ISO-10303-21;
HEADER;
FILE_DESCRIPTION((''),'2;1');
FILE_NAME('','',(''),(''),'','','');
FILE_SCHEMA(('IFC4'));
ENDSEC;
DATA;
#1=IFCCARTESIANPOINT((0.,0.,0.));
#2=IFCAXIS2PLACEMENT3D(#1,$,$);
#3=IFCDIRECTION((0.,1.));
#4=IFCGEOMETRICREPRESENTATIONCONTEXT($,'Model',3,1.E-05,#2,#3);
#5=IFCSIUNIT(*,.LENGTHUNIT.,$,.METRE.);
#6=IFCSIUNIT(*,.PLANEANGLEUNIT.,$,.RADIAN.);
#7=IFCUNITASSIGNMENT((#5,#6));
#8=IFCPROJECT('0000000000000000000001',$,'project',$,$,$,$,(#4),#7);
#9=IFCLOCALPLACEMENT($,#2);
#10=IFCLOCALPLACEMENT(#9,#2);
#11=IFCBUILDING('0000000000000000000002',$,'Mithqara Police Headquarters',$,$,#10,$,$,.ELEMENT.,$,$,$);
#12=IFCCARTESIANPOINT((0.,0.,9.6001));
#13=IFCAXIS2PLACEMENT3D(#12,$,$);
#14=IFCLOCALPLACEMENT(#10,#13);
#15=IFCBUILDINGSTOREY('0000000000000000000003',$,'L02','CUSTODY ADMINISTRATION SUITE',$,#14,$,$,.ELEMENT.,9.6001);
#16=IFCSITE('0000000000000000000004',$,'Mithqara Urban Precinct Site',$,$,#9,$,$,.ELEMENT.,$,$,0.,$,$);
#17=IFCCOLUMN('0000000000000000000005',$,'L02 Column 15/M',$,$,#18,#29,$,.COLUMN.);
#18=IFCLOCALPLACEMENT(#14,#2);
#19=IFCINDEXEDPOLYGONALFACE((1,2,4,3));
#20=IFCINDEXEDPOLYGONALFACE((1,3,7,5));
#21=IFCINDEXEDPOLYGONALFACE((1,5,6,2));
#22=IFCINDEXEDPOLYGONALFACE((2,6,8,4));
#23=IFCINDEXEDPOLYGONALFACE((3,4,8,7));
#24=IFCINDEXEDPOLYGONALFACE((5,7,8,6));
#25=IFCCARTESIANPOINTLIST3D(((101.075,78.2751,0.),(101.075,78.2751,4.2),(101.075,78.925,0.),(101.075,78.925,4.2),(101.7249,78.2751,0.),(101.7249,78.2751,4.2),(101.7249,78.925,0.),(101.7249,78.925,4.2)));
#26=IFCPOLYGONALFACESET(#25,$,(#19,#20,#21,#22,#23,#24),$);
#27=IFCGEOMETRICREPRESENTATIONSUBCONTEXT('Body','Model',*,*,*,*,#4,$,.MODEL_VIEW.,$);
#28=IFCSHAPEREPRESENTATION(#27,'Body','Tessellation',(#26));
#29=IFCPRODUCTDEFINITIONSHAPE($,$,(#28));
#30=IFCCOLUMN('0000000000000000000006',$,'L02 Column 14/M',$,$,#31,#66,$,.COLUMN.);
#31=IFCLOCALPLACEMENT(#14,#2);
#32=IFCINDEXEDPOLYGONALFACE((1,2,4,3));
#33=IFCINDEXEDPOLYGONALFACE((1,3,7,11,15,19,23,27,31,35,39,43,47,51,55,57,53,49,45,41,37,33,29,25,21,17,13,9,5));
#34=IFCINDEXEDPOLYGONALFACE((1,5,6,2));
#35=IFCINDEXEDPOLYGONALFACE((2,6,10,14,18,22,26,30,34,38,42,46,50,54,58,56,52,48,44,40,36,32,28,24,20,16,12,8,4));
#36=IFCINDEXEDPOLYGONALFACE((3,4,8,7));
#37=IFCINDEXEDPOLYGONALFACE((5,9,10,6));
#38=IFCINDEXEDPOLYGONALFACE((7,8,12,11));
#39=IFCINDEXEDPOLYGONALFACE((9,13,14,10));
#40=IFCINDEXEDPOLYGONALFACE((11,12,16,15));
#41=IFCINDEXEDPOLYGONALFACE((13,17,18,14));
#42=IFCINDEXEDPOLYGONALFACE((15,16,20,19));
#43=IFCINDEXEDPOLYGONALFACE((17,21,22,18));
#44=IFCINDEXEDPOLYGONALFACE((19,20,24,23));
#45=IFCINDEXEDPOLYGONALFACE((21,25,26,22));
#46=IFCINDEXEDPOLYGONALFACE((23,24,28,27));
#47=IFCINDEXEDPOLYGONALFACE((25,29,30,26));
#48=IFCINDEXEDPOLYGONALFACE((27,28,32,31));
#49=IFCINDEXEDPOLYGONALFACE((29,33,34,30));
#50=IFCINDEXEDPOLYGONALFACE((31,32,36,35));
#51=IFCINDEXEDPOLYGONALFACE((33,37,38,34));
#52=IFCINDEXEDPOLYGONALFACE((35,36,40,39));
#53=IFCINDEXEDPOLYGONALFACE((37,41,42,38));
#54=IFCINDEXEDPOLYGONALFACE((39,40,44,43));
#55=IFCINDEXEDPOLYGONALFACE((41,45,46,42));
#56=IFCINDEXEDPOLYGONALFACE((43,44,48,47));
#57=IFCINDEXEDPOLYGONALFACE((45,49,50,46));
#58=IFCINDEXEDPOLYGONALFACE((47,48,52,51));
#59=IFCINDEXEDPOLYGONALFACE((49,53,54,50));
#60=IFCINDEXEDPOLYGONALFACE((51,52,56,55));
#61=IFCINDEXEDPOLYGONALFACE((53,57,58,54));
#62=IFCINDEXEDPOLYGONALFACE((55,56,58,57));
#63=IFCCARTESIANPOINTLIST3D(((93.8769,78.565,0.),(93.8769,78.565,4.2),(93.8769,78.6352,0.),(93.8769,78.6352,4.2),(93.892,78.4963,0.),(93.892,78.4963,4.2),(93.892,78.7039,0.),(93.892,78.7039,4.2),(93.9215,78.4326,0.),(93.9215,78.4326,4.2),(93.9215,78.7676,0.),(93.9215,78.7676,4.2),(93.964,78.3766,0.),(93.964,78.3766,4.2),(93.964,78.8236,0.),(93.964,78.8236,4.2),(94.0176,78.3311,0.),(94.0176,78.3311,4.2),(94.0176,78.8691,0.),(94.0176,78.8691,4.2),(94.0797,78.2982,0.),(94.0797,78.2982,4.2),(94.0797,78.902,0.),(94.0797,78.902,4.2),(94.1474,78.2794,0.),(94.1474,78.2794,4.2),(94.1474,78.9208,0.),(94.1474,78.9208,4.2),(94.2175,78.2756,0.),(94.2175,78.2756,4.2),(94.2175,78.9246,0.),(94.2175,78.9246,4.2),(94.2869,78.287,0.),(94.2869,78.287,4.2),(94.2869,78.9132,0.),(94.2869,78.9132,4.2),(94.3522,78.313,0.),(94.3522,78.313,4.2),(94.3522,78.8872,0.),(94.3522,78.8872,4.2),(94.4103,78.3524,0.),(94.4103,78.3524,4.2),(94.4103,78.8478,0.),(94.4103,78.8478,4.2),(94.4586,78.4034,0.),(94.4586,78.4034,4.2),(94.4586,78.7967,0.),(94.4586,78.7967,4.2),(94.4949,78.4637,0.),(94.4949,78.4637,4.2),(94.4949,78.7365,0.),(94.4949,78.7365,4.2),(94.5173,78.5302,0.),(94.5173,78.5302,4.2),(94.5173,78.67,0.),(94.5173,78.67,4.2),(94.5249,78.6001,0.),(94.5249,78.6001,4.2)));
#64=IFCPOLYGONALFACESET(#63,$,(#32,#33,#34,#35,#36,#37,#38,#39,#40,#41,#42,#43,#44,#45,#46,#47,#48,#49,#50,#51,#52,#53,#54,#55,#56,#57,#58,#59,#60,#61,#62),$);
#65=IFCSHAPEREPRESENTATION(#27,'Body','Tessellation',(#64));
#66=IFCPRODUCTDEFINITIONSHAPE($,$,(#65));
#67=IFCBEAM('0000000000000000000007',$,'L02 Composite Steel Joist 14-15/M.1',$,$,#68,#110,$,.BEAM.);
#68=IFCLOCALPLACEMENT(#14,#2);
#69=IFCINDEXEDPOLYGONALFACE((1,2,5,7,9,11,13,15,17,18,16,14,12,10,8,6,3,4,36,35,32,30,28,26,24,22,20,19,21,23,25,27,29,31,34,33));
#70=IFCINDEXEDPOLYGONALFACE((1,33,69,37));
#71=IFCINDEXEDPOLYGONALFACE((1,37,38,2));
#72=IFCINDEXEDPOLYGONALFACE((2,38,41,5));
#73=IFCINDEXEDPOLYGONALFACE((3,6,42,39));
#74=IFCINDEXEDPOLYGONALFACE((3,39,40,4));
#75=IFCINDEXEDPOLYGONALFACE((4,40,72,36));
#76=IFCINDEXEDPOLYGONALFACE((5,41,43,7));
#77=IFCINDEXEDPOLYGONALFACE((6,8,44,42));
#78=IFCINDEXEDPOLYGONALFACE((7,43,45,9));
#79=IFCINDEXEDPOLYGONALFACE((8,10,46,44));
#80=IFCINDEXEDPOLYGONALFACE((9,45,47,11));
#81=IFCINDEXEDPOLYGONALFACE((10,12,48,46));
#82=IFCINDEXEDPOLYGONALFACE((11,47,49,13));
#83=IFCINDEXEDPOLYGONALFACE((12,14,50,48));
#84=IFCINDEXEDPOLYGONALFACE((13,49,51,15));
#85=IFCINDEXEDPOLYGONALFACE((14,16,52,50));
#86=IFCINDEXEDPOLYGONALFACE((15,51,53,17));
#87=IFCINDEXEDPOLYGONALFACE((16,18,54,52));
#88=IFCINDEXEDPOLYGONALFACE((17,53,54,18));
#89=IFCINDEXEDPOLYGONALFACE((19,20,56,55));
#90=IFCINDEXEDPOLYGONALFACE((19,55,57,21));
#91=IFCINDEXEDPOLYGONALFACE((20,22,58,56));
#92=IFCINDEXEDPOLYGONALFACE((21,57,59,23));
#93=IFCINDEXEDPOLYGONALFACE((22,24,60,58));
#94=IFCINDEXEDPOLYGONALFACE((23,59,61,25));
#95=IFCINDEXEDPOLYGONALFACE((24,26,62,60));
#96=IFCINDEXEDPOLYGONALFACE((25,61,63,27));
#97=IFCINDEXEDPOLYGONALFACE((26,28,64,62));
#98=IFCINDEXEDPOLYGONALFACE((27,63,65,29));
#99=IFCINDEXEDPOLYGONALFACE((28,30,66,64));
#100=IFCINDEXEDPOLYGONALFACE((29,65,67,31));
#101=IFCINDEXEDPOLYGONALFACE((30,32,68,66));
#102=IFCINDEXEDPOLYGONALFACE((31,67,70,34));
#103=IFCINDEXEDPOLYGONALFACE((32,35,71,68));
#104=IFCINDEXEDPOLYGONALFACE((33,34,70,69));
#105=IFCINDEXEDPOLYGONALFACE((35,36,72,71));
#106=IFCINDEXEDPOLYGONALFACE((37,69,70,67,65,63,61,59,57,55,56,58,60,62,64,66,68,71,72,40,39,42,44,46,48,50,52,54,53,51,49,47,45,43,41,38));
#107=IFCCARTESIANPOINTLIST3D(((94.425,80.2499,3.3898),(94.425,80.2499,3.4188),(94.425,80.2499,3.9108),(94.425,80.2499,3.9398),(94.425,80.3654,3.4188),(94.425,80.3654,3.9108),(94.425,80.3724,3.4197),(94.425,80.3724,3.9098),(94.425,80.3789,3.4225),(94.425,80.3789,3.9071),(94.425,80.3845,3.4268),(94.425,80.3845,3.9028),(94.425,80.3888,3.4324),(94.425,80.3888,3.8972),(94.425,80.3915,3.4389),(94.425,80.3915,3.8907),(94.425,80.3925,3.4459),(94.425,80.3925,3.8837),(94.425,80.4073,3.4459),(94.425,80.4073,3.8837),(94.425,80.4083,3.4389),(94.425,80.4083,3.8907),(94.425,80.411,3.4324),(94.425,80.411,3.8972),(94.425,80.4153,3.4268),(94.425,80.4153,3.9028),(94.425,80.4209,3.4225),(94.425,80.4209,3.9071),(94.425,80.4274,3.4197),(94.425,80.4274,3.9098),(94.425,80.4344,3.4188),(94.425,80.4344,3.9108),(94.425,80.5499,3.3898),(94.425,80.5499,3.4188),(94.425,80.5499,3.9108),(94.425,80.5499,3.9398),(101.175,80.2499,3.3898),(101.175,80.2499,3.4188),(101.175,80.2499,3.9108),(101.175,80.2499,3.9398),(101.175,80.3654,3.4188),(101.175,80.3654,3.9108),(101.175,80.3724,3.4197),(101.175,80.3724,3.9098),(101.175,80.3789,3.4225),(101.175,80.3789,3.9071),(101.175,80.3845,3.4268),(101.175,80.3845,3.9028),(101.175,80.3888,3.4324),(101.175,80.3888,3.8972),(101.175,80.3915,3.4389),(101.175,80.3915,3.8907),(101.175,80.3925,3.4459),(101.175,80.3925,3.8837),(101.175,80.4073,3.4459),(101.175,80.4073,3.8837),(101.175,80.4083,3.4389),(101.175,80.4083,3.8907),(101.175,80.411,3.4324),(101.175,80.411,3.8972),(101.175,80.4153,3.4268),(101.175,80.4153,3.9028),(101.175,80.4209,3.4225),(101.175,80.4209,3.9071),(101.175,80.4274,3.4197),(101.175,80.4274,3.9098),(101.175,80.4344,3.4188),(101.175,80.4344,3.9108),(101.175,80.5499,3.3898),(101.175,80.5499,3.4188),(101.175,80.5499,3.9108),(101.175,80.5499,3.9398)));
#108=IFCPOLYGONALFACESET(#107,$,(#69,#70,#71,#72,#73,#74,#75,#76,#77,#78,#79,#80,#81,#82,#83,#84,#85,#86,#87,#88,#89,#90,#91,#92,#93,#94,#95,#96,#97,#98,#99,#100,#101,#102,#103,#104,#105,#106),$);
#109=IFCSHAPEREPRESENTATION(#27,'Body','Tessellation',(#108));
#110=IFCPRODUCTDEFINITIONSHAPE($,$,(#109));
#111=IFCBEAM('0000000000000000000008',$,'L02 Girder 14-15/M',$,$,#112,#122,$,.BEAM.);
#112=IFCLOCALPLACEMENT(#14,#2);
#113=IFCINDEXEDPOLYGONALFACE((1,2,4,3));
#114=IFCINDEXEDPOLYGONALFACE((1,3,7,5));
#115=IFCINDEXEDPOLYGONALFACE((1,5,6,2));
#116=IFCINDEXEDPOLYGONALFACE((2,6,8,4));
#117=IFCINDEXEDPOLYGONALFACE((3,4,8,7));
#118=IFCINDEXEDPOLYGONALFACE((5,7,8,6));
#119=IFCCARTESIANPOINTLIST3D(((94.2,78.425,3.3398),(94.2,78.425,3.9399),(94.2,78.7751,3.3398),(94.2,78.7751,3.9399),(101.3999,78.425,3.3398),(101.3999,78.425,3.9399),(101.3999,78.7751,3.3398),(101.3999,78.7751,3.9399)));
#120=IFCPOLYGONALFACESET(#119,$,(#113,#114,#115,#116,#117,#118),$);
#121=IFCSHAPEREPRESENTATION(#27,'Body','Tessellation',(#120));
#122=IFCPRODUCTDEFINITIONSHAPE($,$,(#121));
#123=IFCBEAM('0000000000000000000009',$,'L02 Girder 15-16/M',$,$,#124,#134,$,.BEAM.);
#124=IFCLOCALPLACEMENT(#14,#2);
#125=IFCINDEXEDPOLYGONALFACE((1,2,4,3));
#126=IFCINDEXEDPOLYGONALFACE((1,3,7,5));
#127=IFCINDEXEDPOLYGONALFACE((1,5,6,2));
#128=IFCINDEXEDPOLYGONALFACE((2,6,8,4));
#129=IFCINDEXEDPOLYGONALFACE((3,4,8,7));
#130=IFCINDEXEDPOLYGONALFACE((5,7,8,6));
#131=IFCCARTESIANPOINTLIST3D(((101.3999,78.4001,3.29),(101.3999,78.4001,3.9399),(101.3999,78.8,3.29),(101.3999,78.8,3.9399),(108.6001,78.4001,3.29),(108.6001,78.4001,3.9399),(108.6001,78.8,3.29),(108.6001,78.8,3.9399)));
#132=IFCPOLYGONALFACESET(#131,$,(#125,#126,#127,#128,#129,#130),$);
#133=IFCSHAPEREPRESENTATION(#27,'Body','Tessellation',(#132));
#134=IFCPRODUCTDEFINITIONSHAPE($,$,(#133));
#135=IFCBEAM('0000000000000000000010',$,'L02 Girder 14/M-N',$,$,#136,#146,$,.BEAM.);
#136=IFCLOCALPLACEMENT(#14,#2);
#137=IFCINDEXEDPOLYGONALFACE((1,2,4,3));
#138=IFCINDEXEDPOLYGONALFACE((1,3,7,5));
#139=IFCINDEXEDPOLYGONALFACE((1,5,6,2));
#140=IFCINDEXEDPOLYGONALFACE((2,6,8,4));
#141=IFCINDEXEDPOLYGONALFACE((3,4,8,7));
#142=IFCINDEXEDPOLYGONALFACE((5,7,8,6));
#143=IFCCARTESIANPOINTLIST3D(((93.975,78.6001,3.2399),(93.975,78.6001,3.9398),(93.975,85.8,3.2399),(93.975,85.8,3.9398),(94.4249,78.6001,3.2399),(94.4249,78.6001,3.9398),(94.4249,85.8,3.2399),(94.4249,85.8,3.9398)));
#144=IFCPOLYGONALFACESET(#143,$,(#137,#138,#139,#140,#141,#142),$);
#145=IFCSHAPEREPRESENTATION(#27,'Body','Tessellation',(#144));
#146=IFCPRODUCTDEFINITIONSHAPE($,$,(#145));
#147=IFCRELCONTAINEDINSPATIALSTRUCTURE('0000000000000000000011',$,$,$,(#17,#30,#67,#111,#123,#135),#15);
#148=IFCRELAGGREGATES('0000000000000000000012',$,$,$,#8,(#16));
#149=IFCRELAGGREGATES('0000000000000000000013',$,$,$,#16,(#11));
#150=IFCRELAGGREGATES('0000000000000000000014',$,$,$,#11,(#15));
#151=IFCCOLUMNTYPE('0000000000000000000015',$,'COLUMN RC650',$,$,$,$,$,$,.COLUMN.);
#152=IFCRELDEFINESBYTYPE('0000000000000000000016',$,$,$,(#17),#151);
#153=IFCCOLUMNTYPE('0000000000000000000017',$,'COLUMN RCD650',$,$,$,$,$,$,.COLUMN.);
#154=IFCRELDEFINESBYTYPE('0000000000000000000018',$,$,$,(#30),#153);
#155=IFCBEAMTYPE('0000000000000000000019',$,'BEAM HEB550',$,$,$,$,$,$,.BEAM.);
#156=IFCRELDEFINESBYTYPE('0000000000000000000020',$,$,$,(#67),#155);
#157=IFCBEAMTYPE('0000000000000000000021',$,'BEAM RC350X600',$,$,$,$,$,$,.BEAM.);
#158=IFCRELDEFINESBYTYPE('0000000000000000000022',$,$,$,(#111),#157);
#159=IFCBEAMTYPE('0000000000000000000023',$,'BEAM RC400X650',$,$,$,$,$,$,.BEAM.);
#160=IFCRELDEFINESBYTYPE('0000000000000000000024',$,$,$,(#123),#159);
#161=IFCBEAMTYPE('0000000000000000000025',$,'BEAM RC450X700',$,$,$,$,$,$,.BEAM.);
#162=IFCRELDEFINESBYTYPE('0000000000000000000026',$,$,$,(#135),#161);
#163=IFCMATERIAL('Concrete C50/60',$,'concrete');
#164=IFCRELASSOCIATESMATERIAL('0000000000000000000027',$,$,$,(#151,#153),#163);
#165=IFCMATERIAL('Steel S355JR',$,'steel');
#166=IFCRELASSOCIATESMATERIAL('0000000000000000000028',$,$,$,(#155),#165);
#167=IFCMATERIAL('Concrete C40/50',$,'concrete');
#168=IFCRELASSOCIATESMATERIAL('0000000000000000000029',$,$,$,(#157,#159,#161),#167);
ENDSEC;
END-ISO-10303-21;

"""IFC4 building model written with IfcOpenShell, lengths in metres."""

from ifc_helpers import new_model, si_unit, direction, frame, origin, origin_2d, place, context, subcontext, project, spatial, rectangle, circle, i_section, extrude, material, material_profile, profile_set, type_object, element, save


model = new_model("IFC4")

# Units and contexts
model_context = context("Model", 3, precision=1e-05, world=origin(), true_north=direction((0.0, 1.0)))
body_context = subcontext(model_context, "Body", "Model", "MODEL_VIEW")
ifc_project = project(units=[si_unit("LENGTHUNIT", "METRE"), si_unit("PLANEANGLEUNIT", "RADIAN")], contexts=[model_context])

# Site, building, storey
site_placement = place(None, origin())
site = spatial("IfcSite", under=ifc_project, at=site_placement, Name="Mithqara Urban Precinct Site", CompositionType="ELEMENT", RefElevation=0.0)
building_placement = place(site_placement, origin())
building = spatial("IfcBuilding", under=site, at=building_placement, Name="Mithqara Police Headquarters", CompositionType="ELEMENT")
storey_placement = place(building_placement, frame((0.0, 0.0, 9.6001)))
storey = spatial("IfcBuildingStorey", under=building, at=storey_placement, Name="L02", Description="CUSTODY ADMINISTRATION SUITE", CompositionType="ELEMENT", Elevation=9.6001)

# Columns
ifc_material_1 = material(Name="Concrete C50/60", Category="concrete")
ifc_material_profile_1 = material_profile(ifc_material_1, rectangle(XDim=0.6499, YDim=0.6499, at=origin_2d()), Name="RC 650x650")
ifc_profile_set_1 = profile_set([ifc_material_profile_1], Name="Concrete C50/60")
column_type_1 = type_object("IfcColumnType", Name="COLUMN RC650", PredefinedType="COLUMN", material=ifc_profile_set_1)
column_1_placement = place(storey_placement, frame((101.3999, 78.6001, 0.0), z_axis=(0.0, 0.0, 1.0), x_axis=(1.0, 0.0, 0.0)))
element("IfcColumn", 1, at=column_1_placement, inside=storey, type_object=column_type_1, Name="L02 Column 15/M", PredefinedType="COLUMN", context=body_context, shape_type="SweptSolid", body=[
    extrude(rectangle(XDim=0.6499, YDim=0.6499, at=origin_2d()), origin(), (0.0, 0.0, 1.0), 4.2),
])
ifc_material_profile_2 = material_profile(ifc_material_1, circle(Radius=0.325, at=origin_2d()), Name="RCD 650")
ifc_profile_set_2 = profile_set([ifc_material_profile_2], Name="Concrete C50/60")
column_type_2 = type_object("IfcColumnType", Name="COLUMN RCD650", PredefinedType="COLUMN", material=ifc_profile_set_2)
column_2_placement = place(storey_placement, frame((94.2, 78.6001, 0.0), z_axis=(0.0, 0.0, 1.0), x_axis=(1.0, 0.0, 0.0)))
element("IfcColumn", 2, at=column_2_placement, inside=storey, type_object=column_type_2, Name="L02 Column 14/M", PredefinedType="COLUMN", context=body_context, shape_type="SweptSolid", body=[
    extrude(circle(Radius=0.325, at=origin_2d()), origin(), (0.0, 0.0, 1.0), 4.2),
])

# Beams
ifc_material_2 = material(Name="Steel S355JR", Category="steel")
ifc_material_profile_3 = material_profile(ifc_material_2, i_section(OverallWidth=0.3, OverallDepth=0.55, WebThickness=0.0149, FlangeThickness=0.0291, FilletRadius=0.0271, at=origin_2d()), Name="HEB 550")
ifc_profile_set_3 = profile_set([ifc_material_profile_3], Name="Steel S355JR")
beam_type_1 = type_object("IfcBeamType", Name="BEAM HEB550", PredefinedType="BEAM", material=ifc_profile_set_3)
beam_1_placement = place(storey_placement, frame((94.425, 80.3999, 3.6648), z_axis=(1.0, 0.0, 0.0), x_axis=(0.0, 1.0, 0.0)))
element("IfcBeam", 3, at=beam_1_placement, inside=storey, type_object=beam_type_1, Name="L02 Composite Steel Joist 14-15/M.1", PredefinedType="BEAM", context=body_context, shape_type="SweptSolid", body=[
    extrude(i_section(OverallWidth=0.3, OverallDepth=0.55, WebThickness=0.0149, FlangeThickness=0.0291, FilletRadius=0.0271, at=origin_2d()), origin(), (0.0, 0.0, 1.0), 6.75),
])
ifc_material_3 = material(Name="Concrete C40/50", Category="concrete")
ifc_material_profile_4 = material_profile(ifc_material_3, rectangle(XDim=0.3501, YDim=0.6001, at=origin_2d()), Name="RC 350x600")
ifc_profile_set_4 = profile_set([ifc_material_profile_4], Name="Concrete C40/50")
beam_type_2 = type_object("IfcBeamType", Name="BEAM RC350X600", PredefinedType="BEAM", material=ifc_profile_set_4)
beam_2_placement = place(storey_placement, frame((94.2, 78.6001, 3.6399), z_axis=(1.0, 0.0, 0.0), x_axis=(0.0, 1.0, 0.0)))
element("IfcBeam", 4, at=beam_2_placement, inside=storey, type_object=beam_type_2, Name="L02 Girder 14-15/M", PredefinedType="BEAM", context=body_context, shape_type="SweptSolid", body=[
    extrude(rectangle(XDim=0.3501, YDim=0.6001, at=origin_2d()), origin(), (0.0, 0.0, 1.0), 7.2),
])
ifc_material_profile_5 = material_profile(ifc_material_3, rectangle(XDim=0.3999, YDim=0.6499, at=origin_2d()), Name="RC 400x650")
ifc_profile_set_5 = profile_set([ifc_material_profile_5], Name="Concrete C40/50")
beam_type_3 = type_object("IfcBeamType", Name="BEAM RC400X650", PredefinedType="BEAM", material=ifc_profile_set_5)
beam_3_placement = place(storey_placement, frame((101.3999, 78.6001, 3.615), z_axis=(1.0, 0.0, 0.0), x_axis=(0.0, 1.0, 0.0)))
element("IfcBeam", 5, at=beam_3_placement, inside=storey, type_object=beam_type_3, Name="L02 Girder 15-16/M", PredefinedType="BEAM", context=body_context, shape_type="SweptSolid", body=[
    extrude(rectangle(XDim=0.3999, YDim=0.6499, at=origin_2d()), origin(), (0.0, 0.0, 1.0), 7.2002),
])
ifc_material_profile_6 = material_profile(ifc_material_3, rectangle(XDim=0.45, YDim=0.7, at=origin_2d()), Name="RC 450x700")
ifc_profile_set_6 = profile_set([ifc_material_profile_6], Name="Concrete C40/50")
beam_type_4 = type_object("IfcBeamType", Name="BEAM RC450X700", PredefinedType="BEAM", material=ifc_profile_set_6)
beam_4_placement = place(storey_placement, frame((94.2, 78.6001, 3.5898), z_axis=(0.0, 1.0, 0.0), x_axis=(-1.0, 0.0, 0.0)))
element("IfcBeam", 6, at=beam_4_placement, inside=storey, type_object=beam_type_4, Name="L02 Girder 14/M-N", PredefinedType="BEAM", context=body_context, shape_type="SweptSolid", body=[
    extrude(rectangle(XDim=0.45, YDim=0.7, at=origin_2d()), origin(), (0.0, 0.0, 1.0), 7.2),
])

save(model, "model.ifc")
